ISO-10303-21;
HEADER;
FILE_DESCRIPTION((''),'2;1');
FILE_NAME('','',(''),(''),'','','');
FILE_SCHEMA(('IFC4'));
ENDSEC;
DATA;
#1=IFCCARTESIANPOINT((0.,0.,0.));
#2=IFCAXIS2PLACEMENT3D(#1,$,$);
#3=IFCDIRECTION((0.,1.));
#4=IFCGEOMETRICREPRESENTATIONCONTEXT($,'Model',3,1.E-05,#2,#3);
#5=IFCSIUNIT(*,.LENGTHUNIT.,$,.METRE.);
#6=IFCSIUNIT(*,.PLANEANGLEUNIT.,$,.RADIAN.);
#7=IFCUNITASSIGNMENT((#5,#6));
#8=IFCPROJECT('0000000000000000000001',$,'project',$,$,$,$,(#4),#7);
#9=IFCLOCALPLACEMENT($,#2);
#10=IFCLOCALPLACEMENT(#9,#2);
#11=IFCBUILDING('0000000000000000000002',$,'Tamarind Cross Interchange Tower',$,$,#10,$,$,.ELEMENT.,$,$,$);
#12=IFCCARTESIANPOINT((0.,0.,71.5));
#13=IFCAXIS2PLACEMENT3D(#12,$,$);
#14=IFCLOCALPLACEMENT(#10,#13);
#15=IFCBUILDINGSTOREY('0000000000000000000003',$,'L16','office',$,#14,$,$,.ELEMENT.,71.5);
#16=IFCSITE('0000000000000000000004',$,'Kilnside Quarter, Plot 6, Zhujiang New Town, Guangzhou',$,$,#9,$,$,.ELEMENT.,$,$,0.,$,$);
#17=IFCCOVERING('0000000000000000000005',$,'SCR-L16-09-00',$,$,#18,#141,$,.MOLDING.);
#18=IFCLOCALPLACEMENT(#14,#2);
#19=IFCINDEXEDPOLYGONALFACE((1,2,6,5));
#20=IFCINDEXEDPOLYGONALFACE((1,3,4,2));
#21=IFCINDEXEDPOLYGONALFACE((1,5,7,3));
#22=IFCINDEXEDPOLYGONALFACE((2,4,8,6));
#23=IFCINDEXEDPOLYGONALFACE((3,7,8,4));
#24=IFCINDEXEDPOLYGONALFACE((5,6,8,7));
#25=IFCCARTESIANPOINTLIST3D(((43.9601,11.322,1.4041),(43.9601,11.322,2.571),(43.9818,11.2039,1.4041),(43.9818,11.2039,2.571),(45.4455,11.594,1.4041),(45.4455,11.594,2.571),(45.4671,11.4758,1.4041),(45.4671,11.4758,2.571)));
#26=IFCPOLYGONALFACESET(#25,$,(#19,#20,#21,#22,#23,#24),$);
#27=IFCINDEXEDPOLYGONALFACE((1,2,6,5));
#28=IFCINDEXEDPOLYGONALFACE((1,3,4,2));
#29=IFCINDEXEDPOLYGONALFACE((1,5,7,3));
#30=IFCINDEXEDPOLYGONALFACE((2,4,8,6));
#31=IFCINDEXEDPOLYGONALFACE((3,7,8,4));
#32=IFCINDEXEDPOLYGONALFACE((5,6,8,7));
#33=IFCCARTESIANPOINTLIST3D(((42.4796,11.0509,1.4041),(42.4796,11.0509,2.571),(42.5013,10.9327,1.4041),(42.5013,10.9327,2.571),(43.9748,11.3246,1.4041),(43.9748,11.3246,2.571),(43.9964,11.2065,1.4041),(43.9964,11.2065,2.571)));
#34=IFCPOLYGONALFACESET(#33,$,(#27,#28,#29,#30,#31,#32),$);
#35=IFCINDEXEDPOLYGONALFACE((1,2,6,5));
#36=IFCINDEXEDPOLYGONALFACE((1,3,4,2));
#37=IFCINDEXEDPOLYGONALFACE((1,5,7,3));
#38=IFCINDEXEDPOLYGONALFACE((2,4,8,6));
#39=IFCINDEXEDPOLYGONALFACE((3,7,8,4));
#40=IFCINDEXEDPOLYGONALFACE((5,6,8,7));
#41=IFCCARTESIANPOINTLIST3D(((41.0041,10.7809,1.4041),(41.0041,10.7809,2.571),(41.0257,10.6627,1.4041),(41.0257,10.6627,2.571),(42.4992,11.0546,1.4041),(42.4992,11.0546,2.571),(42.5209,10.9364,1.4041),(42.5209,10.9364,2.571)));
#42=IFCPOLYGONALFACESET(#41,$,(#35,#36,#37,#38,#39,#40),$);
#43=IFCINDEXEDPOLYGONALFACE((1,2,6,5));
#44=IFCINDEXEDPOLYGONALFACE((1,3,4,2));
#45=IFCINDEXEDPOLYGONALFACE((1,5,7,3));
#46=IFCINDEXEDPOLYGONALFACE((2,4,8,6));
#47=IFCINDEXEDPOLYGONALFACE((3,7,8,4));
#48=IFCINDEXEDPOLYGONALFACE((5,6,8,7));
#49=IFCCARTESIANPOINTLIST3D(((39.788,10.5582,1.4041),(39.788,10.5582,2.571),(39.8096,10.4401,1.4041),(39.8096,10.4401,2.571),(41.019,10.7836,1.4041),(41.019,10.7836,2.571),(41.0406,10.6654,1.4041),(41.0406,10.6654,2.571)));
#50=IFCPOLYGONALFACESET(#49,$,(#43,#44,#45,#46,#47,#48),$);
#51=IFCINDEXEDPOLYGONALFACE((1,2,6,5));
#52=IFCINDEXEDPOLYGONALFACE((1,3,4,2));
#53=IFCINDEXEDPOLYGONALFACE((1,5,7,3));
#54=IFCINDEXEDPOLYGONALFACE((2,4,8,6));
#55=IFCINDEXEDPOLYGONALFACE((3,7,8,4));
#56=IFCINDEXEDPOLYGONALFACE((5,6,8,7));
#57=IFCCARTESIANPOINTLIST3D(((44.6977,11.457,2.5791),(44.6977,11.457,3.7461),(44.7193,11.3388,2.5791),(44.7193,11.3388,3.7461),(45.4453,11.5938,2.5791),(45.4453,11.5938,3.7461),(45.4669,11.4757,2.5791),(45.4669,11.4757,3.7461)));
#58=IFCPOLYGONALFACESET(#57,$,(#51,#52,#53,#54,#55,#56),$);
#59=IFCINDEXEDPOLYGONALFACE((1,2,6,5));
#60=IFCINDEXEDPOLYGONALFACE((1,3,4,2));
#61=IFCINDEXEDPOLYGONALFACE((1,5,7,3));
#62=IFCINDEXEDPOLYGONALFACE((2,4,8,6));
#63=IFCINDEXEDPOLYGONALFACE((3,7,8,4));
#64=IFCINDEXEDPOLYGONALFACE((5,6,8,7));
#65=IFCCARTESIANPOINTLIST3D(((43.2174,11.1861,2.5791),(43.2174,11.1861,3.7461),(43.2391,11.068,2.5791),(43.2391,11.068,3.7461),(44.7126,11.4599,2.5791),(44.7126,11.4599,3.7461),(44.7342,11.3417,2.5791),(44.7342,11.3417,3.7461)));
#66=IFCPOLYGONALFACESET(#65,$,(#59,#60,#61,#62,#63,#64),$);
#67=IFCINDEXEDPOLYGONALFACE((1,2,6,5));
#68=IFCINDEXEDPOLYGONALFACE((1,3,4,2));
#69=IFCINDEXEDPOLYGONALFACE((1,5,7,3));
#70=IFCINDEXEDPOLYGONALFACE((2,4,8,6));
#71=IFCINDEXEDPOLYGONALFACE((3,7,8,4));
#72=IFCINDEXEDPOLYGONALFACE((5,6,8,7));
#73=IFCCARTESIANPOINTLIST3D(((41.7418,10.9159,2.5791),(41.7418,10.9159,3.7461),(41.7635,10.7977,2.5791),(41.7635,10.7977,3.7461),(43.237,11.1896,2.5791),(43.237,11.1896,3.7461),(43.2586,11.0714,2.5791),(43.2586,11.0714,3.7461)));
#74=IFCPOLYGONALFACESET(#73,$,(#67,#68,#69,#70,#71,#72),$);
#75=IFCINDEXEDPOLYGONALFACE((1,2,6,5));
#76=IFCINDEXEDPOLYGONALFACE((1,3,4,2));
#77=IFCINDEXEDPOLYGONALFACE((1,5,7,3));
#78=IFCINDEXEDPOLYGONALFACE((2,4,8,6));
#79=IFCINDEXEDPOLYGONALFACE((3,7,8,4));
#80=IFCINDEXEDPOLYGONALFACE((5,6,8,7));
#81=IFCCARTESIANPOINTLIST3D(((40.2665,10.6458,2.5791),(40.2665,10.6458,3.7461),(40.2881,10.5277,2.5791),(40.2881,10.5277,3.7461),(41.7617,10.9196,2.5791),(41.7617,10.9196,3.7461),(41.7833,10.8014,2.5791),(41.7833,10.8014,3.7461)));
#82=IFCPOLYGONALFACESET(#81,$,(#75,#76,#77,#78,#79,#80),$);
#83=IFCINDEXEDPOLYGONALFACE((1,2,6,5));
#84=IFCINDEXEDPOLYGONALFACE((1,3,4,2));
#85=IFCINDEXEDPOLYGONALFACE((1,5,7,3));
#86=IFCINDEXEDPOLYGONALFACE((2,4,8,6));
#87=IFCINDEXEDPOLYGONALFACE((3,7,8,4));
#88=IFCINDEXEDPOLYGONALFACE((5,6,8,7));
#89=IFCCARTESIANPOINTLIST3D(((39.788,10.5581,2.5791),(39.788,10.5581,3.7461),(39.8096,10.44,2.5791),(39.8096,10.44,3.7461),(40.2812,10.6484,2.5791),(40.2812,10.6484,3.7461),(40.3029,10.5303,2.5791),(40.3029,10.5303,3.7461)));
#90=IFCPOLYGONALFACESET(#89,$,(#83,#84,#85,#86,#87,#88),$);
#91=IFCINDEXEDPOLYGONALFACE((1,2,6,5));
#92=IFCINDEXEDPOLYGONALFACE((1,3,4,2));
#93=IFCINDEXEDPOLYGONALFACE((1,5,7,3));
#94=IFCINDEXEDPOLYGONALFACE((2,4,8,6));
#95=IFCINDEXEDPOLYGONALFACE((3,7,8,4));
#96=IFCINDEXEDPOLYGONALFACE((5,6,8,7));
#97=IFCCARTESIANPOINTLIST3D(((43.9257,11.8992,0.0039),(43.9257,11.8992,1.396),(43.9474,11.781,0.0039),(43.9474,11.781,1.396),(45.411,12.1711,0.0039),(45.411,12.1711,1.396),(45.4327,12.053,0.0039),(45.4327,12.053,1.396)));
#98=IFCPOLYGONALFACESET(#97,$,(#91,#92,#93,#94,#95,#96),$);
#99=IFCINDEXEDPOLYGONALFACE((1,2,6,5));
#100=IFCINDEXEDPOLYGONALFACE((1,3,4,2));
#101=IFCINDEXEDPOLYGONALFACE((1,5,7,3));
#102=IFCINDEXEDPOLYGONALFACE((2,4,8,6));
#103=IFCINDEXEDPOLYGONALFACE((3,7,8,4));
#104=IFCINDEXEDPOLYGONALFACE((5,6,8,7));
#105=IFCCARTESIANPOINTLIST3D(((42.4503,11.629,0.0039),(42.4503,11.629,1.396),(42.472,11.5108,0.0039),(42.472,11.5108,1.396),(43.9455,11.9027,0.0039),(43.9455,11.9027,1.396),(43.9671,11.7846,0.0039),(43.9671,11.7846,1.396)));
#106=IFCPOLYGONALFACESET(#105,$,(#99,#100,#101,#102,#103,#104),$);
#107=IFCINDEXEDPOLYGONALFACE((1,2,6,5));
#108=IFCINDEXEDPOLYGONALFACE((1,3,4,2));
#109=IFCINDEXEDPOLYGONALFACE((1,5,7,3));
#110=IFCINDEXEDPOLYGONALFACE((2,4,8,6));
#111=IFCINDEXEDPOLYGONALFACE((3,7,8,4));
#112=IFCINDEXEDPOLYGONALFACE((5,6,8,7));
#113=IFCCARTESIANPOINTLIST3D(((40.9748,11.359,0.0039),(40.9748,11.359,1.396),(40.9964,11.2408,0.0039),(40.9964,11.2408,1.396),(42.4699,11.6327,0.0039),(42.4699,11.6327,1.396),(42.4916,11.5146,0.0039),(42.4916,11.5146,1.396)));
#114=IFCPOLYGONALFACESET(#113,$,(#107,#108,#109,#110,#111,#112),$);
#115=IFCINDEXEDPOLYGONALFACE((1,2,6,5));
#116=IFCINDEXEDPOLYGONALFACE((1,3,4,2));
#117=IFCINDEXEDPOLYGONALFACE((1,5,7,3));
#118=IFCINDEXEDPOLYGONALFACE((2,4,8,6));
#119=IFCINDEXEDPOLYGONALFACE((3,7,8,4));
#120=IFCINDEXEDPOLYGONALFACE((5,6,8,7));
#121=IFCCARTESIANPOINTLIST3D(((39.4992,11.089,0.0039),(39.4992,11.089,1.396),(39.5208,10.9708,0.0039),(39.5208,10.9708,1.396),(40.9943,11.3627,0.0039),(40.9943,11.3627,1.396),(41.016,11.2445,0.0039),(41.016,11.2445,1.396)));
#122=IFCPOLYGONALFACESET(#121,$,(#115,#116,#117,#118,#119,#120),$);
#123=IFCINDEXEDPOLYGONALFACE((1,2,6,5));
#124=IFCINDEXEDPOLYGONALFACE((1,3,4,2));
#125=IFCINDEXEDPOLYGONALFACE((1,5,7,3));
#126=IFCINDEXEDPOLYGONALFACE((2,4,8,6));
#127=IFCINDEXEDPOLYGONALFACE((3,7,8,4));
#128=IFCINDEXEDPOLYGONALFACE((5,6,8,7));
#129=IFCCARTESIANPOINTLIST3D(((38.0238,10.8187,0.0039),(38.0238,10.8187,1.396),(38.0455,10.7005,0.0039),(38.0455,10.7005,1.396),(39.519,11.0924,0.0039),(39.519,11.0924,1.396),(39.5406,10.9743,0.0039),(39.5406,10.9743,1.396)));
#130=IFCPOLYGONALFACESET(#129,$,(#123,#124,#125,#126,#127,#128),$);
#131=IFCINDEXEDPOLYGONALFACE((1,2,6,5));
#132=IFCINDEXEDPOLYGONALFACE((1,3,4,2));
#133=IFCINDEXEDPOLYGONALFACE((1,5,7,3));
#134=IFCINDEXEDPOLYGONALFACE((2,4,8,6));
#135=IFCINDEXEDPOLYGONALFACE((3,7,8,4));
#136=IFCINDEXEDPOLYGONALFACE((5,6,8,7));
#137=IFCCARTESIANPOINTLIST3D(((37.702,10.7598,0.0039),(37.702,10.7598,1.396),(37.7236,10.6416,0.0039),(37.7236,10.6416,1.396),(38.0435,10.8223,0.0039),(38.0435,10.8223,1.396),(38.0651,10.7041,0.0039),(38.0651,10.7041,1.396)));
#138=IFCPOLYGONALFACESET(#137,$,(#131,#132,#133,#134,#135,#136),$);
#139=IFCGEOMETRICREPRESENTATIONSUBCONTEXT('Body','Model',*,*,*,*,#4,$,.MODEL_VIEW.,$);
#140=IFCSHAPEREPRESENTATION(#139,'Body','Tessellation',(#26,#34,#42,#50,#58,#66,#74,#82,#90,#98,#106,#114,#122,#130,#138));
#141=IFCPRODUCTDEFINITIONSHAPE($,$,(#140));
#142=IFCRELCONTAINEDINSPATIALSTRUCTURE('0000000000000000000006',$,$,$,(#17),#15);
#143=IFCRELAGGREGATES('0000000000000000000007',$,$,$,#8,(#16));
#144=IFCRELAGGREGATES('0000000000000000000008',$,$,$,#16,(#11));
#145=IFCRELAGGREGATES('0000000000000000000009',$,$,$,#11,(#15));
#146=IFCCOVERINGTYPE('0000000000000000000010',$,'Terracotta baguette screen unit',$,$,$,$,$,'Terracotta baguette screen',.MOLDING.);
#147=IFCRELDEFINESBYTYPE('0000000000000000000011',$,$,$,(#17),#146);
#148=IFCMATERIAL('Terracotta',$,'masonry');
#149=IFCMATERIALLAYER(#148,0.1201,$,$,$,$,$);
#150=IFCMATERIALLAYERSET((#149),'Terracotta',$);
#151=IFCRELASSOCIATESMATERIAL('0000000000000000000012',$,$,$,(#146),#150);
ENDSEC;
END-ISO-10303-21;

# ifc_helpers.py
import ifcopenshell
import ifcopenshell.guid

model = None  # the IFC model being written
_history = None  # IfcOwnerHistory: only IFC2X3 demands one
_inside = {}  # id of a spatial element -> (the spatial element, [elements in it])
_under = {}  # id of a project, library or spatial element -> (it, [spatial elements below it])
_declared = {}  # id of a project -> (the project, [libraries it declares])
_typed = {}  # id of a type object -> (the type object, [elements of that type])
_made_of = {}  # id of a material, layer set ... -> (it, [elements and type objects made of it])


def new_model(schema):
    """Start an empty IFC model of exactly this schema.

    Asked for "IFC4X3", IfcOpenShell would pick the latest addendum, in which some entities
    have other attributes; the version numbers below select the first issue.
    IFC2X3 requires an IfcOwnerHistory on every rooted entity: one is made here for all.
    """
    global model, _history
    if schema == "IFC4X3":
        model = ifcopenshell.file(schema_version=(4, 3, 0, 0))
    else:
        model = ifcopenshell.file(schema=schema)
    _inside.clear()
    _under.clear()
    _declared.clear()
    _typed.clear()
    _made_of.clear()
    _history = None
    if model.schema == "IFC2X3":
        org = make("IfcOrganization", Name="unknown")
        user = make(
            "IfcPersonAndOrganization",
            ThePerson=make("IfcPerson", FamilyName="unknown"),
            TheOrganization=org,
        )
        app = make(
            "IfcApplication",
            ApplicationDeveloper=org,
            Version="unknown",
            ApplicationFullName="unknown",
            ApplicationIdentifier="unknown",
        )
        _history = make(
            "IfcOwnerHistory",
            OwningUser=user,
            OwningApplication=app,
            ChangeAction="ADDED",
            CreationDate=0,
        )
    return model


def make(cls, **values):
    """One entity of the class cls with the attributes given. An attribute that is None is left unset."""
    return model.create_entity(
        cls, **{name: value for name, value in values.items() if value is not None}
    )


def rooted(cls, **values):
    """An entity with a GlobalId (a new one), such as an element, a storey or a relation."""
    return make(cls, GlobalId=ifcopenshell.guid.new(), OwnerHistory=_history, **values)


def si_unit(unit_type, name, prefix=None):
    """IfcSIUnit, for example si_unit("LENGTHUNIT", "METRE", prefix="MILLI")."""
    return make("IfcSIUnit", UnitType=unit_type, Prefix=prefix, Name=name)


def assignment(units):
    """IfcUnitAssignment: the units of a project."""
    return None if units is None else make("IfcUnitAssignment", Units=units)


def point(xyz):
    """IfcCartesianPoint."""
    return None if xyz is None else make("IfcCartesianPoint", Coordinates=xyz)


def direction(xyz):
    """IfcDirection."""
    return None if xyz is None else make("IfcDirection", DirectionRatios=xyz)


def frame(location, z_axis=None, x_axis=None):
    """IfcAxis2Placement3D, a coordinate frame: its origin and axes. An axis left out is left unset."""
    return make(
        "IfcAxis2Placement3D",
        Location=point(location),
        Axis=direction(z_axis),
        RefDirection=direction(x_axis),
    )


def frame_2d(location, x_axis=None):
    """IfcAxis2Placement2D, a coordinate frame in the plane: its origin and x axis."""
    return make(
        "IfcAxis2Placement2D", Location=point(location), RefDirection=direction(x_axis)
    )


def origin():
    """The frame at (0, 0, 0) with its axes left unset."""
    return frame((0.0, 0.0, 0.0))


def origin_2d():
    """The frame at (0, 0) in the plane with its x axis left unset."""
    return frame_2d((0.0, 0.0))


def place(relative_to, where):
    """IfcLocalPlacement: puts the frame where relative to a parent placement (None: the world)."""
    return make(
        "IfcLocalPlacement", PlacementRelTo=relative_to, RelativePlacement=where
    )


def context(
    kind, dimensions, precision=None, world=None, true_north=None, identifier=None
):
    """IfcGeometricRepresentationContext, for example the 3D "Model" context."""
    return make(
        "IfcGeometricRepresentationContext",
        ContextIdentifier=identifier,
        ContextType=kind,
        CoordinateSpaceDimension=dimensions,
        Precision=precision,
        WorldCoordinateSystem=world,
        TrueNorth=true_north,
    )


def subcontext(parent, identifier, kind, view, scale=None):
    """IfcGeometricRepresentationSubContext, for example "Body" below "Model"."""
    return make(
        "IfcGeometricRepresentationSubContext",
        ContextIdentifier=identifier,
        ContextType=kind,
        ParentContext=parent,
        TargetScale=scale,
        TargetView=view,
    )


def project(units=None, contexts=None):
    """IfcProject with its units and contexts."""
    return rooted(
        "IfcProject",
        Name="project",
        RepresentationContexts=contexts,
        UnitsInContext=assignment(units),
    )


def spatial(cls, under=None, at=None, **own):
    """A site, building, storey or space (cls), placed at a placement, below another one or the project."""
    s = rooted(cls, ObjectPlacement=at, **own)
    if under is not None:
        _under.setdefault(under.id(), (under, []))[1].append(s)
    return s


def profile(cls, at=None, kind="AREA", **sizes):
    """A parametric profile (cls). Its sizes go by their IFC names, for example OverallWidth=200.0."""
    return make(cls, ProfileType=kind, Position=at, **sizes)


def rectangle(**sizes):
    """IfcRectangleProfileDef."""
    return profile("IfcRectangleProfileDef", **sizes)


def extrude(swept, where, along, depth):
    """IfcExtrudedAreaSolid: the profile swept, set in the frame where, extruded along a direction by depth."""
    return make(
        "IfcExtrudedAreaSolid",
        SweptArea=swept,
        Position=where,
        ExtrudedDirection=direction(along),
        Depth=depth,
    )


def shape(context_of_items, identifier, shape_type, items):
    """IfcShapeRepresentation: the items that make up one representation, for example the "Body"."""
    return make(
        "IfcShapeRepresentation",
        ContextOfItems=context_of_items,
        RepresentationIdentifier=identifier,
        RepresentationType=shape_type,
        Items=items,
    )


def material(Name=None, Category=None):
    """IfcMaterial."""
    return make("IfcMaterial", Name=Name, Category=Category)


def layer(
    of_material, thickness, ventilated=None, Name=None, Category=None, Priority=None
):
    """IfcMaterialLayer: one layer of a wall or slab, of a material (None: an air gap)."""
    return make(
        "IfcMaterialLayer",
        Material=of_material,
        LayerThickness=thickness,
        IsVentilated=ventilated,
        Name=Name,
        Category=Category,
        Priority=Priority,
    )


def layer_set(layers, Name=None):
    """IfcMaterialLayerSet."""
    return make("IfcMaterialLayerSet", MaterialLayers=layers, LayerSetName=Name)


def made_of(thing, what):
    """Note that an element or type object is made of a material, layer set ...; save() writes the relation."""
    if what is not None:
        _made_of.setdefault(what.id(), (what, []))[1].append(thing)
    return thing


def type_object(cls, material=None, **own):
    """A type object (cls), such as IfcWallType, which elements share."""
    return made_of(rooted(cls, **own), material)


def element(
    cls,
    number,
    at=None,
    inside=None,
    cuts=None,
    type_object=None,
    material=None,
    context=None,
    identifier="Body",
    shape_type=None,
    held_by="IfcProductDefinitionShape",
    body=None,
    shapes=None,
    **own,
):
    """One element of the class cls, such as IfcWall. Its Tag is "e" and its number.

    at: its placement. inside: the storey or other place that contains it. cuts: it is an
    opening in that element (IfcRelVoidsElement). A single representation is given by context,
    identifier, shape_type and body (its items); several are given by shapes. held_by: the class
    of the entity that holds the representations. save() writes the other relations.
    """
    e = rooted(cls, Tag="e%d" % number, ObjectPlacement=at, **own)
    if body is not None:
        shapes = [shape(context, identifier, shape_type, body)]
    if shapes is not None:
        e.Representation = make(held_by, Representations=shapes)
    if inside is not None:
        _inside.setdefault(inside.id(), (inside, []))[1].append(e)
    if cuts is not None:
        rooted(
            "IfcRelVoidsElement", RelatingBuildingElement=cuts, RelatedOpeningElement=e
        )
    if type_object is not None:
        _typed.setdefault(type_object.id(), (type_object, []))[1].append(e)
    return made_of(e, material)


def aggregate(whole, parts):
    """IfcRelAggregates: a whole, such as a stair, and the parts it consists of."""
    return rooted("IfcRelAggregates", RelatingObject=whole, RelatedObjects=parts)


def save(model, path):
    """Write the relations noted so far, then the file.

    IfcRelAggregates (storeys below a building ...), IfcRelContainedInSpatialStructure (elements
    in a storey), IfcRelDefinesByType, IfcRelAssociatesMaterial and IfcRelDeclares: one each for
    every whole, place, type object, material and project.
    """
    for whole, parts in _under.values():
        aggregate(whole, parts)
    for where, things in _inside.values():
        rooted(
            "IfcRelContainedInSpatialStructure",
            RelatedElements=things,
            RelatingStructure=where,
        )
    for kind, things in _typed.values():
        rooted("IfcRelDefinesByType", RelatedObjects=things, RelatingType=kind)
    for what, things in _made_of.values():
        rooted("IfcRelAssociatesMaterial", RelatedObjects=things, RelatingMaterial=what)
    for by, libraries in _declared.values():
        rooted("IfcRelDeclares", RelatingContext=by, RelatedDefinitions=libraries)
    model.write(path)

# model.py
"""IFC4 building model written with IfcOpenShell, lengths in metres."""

from ifc_helpers import new_model, si_unit, direction, frame, origin, origin_2d, place, context, subcontext, project, spatial, rectangle, extrude, material, layer, layer_set, type_object, element, save


model = new_model("IFC4")

# Units and contexts
model_context = context("Model", 3, precision=1e-05, world=origin(), true_north=direction((0.0, 1.0)))
body_context = subcontext(model_context, "Body", "Model", "MODEL_VIEW")
ifc_project = project(units=[si_unit("LENGTHUNIT", "METRE"), si_unit("PLANEANGLEUNIT", "RADIAN")], contexts=[model_context])

# Site, building, storey
site_placement = place(None, origin())
site = spatial("IfcSite", under=ifc_project, at=site_placement, Name="Kilnside Quarter, Plot 6, Zhujiang New Town, Guangzhou", CompositionType="ELEMENT", RefElevation=0.0)
building_placement = place(site_placement, origin())
building = spatial("IfcBuilding", under=site, at=building_placement, Name="Tamarind Cross Interchange Tower", CompositionType="ELEMENT")
storey_placement = place(building_placement, frame((0.0, 0.0, 71.5)))
storey = spatial("IfcBuildingStorey", under=building, at=storey_placement, Name="L16", Description="office", CompositionType="ELEMENT", Elevation=71.5)

# Covering
ifc_material_1 = material(Name="Terracotta", Category="masonry")
ifc_layer_1 = layer(ifc_material_1, 0.1201)
ifc_layer_set_1 = layer_set([ifc_layer_1], Name="Terracotta")
covering_type = type_object("IfcCoveringType", Name="Terracotta baguette screen unit", ElementType="Terracotta baguette screen", PredefinedType="MOLDING", material=ifc_layer_set_1)
covering_1_placement = place(storey_placement, origin())
element("IfcCovering", 1, at=covering_1_placement, inside=storey, type_object=covering_type, Name="SCR-L16-09-00", PredefinedType="MOLDING", context=body_context, shape_type="SweptSolid", body=[
    extrude(rectangle(XDim=1.51, YDim=0.1201, at=origin_2d()), frame((44.7136, 11.3989, 1.4041), z_axis=(0.0, 0.0, 1.0), x_axis=(-0.983651, -0.180086, 0.0)), (0.0, 0.0, 1.0), 1.167),
    extrude(rectangle(XDim=1.52, YDim=0.1201, at=origin_2d()), frame((43.238, 11.1287, 1.4041), z_axis=(0.0, 0.0, 1.0), x_axis=(-0.983651, -0.180086, 0.0)), (0.0, 0.0, 1.0), 1.167),
    extrude(rectangle(XDim=1.52, YDim=0.1201, at=origin_2d()), frame((41.7625, 10.8586, 1.4041), z_axis=(0.0, 0.0, 1.0), x_axis=(-0.983651, -0.180086, 0.0)), (0.0, 0.0, 1.0), 1.167),
    extrude(rectangle(XDim=1.2515, YDim=0.1201, at=origin_2d()), frame((40.4143, 10.6118, 1.4041), z_axis=(0.0, 0.0, 1.0), x_axis=(-0.983651, -0.180086, 0.0)), (0.0, 0.0, 1.0), 1.167),
    extrude(rectangle(XDim=0.76, YDim=0.1201, at=origin_2d()), frame((45.0823, 11.4663, 2.5791), z_axis=(0.0, 0.0, 1.0), x_axis=(-0.983651, -0.180086, 0.0)), (0.0, 0.0, 1.0), 1.167),
    extrude(rectangle(XDim=1.52, YDim=0.1201, at=origin_2d()), frame((43.9758, 11.2639, 2.5791), z_axis=(0.0, 0.0, 1.0), x_axis=(-0.983651, -0.180086, 0.0)), (0.0, 0.0, 1.0), 1.167),
    extrude(rectangle(XDim=1.52, YDim=0.1201, at=origin_2d()), frame((42.5002, 10.9937, 2.5791), z_axis=(0.0, 0.0, 1.0), x_axis=(-0.983651, -0.180086, 0.0)), (0.0, 0.0, 1.0), 1.167),
    extrude(rectangle(XDim=1.52, YDim=0.1201, at=origin_2d()), frame((41.0249, 10.7236, 2.5791), z_axis=(0.0, 0.0, 1.0), x_axis=(-0.983651, -0.180086, 0.0)), (0.0, 0.0, 1.0), 1.167),
    extrude(rectangle(XDim=0.5015, YDim=0.1201, at=origin_2d()), frame((40.0454, 10.5442, 2.5791), z_axis=(0.0, 0.0, 1.0), x_axis=(-0.983651, -0.180086, 0.0)), (0.0, 0.0, 1.0), 1.167),
    extrude(rectangle(XDim=1.51, YDim=0.1201, at=origin_2d()), frame((44.6792, 11.9761, 0.0039), z_axis=(0.0, 0.0, 1.0), x_axis=(-0.983651, -0.180086, 0.0)), (0.0, 0.0, 1.0), 1.3921),
    extrude(rectangle(XDim=1.52, YDim=0.1201, at=origin_2d()), frame((43.2087, 11.7068, 0.0039), z_axis=(0.0, 0.0, 1.0), x_axis=(-0.983651, -0.180086, 0.0)), (0.0, 0.0, 1.0), 1.3921),
    extrude(rectangle(XDim=1.52, YDim=0.1201, at=origin_2d()), frame((41.7332, 11.4368, 0.0039), z_axis=(0.0, 0.0, 1.0), x_axis=(-0.983651, -0.180086, 0.0)), (0.0, 0.0, 1.0), 1.3921),
    extrude(rectangle(XDim=1.52, YDim=0.1201, at=origin_2d()), frame((40.2576, 11.1667, 0.0039), z_axis=(0.0, 0.0, 1.0), x_axis=(-0.983651, -0.180086, 0.0)), (0.0, 0.0, 1.0), 1.3921),
    extrude(rectangle(XDim=1.52, YDim=0.1201, at=origin_2d()), frame((38.7822, 10.8965, 0.0039), z_axis=(0.0, 0.0, 1.0), x_axis=(-0.983651, -0.180086, 0.0)), (0.0, 0.0, 1.0), 1.3921),
    extrude(rectangle(XDim=0.3472, YDim=0.1201, at=origin_2d()), frame((37.8835, 10.7319, 0.0039), z_axis=(0.0, 0.0, 1.0), x_axis=(-0.983651, -0.180086, 0.0)), (0.0, 0.0, 1.0), 1.3921),
])

save(model, "model.ifc")
